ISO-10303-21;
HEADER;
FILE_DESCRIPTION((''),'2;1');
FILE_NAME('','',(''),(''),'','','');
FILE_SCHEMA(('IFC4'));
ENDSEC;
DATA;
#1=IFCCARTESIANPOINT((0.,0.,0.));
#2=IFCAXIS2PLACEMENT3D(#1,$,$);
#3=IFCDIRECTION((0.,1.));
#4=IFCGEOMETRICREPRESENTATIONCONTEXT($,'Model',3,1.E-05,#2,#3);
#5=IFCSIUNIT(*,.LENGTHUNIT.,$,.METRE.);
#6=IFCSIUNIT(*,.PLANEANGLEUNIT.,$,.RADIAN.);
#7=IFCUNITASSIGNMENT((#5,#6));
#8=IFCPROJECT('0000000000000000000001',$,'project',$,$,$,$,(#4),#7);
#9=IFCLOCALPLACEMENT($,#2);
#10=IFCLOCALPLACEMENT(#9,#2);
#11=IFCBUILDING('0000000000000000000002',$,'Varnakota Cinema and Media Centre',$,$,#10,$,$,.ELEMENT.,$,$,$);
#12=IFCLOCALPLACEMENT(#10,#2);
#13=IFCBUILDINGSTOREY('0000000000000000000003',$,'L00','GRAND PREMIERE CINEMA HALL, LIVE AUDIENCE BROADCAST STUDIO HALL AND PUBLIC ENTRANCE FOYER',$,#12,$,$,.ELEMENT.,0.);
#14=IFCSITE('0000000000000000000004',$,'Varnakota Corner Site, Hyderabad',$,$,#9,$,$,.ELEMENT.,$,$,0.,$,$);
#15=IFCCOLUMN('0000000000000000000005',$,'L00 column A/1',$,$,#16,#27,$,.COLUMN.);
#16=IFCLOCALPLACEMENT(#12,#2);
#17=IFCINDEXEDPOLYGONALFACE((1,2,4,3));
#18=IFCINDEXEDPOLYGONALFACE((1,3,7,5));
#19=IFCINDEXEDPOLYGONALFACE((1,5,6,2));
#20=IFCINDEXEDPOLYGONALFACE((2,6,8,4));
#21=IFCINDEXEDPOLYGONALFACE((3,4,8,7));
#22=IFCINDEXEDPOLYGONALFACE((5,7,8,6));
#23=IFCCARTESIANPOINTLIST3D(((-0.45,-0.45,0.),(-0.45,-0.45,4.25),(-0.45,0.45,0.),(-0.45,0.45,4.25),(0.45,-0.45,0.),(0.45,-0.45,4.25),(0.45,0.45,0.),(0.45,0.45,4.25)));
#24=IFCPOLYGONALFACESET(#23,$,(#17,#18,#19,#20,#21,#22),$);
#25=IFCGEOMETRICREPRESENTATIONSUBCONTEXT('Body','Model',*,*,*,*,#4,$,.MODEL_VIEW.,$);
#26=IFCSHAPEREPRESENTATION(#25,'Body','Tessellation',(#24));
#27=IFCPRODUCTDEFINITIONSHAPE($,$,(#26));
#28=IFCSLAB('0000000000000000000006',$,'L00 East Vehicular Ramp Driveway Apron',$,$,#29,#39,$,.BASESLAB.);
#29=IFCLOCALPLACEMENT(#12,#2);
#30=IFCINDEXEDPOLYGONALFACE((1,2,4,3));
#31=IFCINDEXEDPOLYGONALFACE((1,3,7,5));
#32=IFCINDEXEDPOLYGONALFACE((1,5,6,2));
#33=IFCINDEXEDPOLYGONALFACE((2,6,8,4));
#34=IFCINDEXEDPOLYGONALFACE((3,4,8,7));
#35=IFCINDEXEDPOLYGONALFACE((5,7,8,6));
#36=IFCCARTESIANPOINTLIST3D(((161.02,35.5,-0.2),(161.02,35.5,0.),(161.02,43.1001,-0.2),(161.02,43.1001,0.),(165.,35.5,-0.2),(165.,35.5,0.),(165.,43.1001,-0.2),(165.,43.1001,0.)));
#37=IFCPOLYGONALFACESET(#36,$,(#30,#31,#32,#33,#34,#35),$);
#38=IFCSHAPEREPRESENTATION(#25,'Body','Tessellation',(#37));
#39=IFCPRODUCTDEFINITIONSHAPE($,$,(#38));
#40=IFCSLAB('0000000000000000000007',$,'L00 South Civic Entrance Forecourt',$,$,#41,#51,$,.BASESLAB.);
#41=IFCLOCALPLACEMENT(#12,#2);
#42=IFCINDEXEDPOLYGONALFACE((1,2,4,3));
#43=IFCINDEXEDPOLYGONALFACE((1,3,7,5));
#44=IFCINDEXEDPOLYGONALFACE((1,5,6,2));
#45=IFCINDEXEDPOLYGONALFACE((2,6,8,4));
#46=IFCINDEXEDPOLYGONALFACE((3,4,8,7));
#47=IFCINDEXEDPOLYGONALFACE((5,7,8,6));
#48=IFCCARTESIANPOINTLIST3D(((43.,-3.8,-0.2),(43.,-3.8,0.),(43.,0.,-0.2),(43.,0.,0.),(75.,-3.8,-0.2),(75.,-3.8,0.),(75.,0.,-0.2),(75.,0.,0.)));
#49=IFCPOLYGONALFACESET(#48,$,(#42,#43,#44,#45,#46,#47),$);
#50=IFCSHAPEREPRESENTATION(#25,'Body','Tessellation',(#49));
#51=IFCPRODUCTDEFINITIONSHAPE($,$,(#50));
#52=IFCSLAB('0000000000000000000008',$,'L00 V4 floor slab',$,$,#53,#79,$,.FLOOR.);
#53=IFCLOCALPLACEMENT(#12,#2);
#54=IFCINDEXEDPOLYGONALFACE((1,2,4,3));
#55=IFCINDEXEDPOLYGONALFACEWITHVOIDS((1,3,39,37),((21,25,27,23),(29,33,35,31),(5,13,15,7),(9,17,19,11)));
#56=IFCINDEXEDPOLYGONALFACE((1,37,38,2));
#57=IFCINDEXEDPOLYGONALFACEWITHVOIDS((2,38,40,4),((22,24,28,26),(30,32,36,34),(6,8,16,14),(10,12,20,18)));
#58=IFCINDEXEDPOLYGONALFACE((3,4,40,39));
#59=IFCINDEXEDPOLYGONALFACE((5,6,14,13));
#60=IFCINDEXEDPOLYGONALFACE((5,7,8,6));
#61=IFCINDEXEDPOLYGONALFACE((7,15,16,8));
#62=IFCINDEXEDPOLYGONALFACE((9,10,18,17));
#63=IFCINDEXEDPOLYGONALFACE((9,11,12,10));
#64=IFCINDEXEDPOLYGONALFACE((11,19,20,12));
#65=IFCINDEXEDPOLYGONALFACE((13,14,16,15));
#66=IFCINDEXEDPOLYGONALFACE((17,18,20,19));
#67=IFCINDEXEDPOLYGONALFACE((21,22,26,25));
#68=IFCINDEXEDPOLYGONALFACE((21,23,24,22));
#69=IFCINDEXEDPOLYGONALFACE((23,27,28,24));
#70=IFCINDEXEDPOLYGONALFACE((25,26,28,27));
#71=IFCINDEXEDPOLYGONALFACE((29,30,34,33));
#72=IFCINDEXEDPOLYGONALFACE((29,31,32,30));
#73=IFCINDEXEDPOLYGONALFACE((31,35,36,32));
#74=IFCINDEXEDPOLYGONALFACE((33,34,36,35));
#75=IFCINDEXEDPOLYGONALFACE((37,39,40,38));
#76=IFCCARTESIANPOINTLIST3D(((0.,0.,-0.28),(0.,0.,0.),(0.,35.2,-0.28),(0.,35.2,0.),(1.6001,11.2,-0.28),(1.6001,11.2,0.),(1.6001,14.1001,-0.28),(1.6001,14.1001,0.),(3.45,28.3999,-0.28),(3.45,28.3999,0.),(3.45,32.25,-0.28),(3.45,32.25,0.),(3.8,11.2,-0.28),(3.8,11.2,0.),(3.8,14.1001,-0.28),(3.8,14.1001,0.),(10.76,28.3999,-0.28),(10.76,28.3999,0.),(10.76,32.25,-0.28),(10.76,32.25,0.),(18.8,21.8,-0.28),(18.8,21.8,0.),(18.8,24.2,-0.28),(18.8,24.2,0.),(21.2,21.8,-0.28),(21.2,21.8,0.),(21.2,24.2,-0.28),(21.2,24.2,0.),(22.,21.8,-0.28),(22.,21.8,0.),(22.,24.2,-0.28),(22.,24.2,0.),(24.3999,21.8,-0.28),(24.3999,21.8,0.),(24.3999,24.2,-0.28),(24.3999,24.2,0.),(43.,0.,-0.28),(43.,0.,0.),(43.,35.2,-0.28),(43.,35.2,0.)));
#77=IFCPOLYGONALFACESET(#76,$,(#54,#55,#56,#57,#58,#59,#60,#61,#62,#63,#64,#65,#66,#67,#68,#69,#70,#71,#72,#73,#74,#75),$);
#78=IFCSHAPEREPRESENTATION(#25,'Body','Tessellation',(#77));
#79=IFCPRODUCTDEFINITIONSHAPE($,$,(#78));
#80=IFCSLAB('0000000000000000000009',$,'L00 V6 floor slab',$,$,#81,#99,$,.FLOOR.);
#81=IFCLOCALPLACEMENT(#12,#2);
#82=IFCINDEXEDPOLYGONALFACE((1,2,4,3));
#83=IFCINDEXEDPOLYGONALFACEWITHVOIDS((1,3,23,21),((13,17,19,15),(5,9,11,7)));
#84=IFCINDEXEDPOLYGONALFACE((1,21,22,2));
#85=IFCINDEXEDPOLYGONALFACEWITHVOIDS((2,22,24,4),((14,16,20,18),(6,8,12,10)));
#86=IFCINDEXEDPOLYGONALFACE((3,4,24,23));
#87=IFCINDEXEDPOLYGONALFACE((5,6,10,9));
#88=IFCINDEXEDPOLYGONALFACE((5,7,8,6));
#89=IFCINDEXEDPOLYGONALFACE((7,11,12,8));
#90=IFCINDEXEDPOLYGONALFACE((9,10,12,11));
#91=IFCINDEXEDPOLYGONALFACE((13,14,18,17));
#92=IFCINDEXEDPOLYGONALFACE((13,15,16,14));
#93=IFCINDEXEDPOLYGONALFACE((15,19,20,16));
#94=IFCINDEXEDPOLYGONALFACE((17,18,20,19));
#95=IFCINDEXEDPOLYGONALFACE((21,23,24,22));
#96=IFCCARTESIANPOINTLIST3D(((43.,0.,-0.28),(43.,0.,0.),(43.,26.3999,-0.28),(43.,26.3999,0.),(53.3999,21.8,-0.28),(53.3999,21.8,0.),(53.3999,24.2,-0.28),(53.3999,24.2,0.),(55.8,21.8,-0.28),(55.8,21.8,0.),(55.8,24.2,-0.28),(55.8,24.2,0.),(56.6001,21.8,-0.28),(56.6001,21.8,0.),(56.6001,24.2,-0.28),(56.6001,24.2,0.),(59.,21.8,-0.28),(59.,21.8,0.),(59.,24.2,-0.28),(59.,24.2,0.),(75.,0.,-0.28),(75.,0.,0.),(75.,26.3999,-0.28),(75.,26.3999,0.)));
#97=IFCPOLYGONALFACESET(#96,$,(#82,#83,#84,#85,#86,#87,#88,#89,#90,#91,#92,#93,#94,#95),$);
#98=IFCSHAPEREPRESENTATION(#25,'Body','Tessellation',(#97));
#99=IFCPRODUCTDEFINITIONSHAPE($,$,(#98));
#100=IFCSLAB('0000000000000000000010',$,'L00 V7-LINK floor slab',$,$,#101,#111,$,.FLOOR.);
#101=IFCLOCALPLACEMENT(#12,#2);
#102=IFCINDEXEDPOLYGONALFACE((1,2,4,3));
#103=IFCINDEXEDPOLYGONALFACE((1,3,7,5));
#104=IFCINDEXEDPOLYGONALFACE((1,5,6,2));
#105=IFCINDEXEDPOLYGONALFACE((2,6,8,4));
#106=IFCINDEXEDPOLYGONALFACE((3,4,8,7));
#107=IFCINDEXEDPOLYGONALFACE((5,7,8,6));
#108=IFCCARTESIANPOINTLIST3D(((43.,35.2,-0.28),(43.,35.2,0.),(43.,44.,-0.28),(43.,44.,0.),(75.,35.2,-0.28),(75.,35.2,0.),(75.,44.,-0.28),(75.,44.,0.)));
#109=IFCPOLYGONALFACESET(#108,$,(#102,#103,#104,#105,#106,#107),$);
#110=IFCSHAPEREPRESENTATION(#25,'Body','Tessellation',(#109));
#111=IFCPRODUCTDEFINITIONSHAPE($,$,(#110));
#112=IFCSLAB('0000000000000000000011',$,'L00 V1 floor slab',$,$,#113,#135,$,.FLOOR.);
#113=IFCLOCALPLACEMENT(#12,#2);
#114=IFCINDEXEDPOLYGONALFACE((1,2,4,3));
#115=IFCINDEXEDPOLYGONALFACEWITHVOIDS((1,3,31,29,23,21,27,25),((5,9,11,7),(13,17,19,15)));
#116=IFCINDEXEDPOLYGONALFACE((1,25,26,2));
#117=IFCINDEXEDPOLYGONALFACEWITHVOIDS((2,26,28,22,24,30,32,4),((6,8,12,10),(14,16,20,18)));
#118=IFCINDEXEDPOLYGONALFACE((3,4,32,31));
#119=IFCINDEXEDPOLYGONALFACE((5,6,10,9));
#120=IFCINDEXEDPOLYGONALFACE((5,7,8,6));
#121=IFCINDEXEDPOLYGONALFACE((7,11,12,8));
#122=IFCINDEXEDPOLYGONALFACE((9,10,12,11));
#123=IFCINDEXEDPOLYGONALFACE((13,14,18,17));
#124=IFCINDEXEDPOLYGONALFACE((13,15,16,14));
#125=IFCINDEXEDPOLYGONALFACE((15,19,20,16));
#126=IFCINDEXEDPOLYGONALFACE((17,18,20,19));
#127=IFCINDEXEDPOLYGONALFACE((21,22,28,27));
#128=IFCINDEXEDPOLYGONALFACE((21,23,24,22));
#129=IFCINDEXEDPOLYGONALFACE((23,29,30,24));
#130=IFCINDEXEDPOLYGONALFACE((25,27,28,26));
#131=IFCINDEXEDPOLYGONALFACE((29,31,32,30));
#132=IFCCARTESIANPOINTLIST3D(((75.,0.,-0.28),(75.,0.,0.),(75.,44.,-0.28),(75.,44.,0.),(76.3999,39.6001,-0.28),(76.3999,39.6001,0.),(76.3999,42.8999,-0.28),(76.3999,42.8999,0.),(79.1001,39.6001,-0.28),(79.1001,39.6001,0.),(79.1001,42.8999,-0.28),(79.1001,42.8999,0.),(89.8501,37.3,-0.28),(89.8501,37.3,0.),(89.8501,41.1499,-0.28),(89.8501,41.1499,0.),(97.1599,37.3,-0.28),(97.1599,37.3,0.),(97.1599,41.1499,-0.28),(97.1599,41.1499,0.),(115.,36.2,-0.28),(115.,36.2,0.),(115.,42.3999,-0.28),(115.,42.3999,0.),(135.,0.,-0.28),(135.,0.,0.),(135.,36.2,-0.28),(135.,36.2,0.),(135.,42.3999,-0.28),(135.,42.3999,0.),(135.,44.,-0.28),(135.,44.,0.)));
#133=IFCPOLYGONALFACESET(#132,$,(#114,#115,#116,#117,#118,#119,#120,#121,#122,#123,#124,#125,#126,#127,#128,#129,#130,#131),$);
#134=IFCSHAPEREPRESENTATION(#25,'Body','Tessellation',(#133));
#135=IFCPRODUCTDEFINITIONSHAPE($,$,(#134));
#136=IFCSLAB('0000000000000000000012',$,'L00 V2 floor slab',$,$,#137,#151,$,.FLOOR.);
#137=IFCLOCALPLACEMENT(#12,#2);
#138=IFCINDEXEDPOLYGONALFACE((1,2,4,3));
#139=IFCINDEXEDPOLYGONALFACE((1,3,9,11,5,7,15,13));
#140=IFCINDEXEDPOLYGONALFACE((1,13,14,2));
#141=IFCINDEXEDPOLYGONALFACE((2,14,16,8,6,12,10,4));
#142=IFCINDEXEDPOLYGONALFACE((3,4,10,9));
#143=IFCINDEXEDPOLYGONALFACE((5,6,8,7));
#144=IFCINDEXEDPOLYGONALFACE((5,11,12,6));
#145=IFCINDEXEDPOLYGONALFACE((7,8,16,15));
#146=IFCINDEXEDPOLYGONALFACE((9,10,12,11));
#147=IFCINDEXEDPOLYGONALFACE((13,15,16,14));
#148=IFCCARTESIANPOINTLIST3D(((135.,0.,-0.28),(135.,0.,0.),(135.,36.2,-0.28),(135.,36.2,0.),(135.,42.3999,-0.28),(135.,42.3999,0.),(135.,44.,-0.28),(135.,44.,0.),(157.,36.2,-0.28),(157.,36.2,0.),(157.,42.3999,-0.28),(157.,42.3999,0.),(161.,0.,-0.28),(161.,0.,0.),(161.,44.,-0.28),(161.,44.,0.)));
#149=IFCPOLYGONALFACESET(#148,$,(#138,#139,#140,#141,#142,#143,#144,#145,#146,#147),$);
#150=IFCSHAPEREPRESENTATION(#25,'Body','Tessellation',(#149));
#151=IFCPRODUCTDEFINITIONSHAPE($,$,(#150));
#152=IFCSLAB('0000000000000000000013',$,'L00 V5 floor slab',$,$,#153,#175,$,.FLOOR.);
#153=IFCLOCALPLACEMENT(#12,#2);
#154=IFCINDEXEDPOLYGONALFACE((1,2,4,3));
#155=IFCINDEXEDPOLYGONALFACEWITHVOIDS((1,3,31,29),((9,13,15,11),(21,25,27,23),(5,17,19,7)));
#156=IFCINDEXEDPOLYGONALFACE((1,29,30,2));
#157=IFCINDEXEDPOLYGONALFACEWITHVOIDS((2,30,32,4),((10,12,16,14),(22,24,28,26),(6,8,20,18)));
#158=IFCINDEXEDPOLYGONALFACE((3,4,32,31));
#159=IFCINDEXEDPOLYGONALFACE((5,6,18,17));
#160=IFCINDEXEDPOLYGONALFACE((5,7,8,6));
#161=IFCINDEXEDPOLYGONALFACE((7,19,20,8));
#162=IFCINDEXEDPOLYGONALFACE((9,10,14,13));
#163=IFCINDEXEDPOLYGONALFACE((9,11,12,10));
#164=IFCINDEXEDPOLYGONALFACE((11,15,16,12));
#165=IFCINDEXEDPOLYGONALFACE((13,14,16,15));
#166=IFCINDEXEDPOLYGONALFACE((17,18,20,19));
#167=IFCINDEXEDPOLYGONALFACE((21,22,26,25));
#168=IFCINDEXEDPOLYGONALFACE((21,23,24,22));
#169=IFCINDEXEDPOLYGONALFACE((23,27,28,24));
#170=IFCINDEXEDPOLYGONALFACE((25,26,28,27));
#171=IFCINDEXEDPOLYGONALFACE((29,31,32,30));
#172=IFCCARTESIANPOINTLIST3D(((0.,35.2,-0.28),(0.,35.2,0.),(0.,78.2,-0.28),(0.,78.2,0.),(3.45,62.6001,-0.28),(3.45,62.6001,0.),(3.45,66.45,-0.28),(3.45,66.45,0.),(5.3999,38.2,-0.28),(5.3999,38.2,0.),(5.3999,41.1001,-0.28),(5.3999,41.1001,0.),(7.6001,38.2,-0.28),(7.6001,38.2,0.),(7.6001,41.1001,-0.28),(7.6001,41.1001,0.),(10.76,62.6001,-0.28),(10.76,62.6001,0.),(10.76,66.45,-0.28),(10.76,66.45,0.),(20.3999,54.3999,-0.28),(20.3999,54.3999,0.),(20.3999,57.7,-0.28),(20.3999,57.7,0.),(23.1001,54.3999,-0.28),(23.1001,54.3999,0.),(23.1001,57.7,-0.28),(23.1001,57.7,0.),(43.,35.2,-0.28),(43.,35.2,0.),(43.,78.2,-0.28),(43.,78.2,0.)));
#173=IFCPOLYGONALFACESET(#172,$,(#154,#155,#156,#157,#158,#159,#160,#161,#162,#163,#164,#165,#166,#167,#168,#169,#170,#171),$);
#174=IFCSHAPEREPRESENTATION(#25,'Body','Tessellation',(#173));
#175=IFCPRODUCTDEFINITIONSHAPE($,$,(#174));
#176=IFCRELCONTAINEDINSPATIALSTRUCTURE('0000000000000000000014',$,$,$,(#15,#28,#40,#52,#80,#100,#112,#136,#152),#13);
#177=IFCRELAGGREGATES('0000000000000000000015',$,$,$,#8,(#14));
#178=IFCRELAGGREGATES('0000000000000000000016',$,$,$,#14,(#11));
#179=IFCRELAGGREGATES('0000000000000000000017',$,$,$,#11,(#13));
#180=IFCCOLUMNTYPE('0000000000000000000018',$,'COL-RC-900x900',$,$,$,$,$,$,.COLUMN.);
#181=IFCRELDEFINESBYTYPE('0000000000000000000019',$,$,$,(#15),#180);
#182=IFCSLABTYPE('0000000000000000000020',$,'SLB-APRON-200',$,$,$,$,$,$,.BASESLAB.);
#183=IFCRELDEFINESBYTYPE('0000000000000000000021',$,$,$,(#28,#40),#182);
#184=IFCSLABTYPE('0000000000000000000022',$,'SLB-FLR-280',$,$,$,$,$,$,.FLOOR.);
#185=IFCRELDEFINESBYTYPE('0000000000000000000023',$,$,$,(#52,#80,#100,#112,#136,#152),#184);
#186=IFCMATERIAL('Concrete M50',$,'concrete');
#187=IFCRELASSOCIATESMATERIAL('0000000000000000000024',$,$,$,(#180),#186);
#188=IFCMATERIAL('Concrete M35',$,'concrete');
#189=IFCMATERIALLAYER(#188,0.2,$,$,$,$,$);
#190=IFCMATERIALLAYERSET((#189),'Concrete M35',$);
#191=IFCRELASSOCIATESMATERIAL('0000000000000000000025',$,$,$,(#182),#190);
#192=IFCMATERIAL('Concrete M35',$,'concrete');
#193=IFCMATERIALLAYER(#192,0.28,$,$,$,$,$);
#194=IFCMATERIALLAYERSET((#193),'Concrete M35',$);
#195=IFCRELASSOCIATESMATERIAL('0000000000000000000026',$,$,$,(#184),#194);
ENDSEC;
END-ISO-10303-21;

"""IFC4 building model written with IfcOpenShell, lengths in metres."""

from ifc_helpers import new_model, si_unit, direction, frame, origin, origin_with_axes, origin_2d, place, context, subcontext, project, spatial, polyline, rectangle, outline, extrude, material, layer, layer_set, material_profile, profile_set, type_object, element, save


model = new_model("IFC4")

# Units and contexts
model_context = context("Model", 3, precision=1e-05, world=origin(), true_north=direction((0.0, 1.0)))
body_context = subcontext(model_context, "Body", "Model", "MODEL_VIEW")
ifc_project = project(units=[si_unit("LENGTHUNIT", "METRE"), si_unit("PLANEANGLEUNIT", "RADIAN")], contexts=[model_context])

# Site, building, storey
site_placement = place(None, origin())
site = spatial("IfcSite", under=ifc_project, at=site_placement, Name="Varnakota Corner Site, Hyderabad", CompositionType="ELEMENT", RefElevation=0.0)
building_placement = place(site_placement, origin())
building = spatial("IfcBuilding", under=site, at=building_placement, Name="Varnakota Cinema and Media Centre", CompositionType="ELEMENT")
storey_placement = place(building_placement, origin())
storey = spatial("IfcBuildingStorey", under=building, at=storey_placement, Name="L00", Description="GRAND PREMIERE CINEMA HALL, LIVE AUDIENCE BROADCAST STUDIO HALL AND PUBLIC ENTRANCE FOYER", CompositionType="ELEMENT", Elevation=0.0)

# Column
ifc_material_1 = material(Name="Concrete M50", Category="concrete")
ifc_material_profile = material_profile(ifc_material_1, rectangle(XDim=0.8999, YDim=0.8999, at=origin_2d()), Name="RC 900x900")
ifc_profile_set = profile_set([ifc_material_profile], Name="Concrete M50")
column_type = type_object("IfcColumnType", Name="COL-RC-900x900", PredefinedType="COLUMN", material=ifc_profile_set)
column_placement = place(storey_placement, origin_with_axes())
element("IfcColumn", 1, at=column_placement, inside=storey, type_object=column_type, Name="L00 column A/1", PredefinedType="COLUMN", context=body_context, shape_type="SweptSolid", body=[
    extrude(rectangle(XDim=0.8999, YDim=0.8999, at=origin_2d()), origin(), (0.0, 0.0, 1.0), 4.25),
])

# Slabs
ifc_material_2 = material(Name="Concrete M35", Category="concrete")
ifc_layer_1 = layer(ifc_material_2, 0.2)
ifc_layer_set_1 = layer_set([ifc_layer_1], Name="Concrete M35")
slab_type_1 = type_object("IfcSlabType", Name="SLB-APRON-200", PredefinedType="BASESLAB", material=ifc_layer_set_1)
slab_1_placement = place(storey_placement, frame((0.0, 0.0, -0.2)))
element("IfcSlab", 2, at=slab_1_placement, inside=storey, type_object=slab_type_1, Name="L00 East Vehicular Ramp Driveway Apron", PredefinedType="BASESLAB", context=body_context, shape_type="SweptSolid", body=[
    extrude(outline(polyline([(161.02, 35.5), (165.0, 35.5), (165.0, 43.1001), (161.02, 43.1001), (161.02, 35.5)])), origin(), (0.0, 0.0, 1.0), 0.2),
])
slab_2_placement = place(storey_placement, frame((0.0, 0.0, -0.2)))
element("IfcSlab", 3, at=slab_2_placement, inside=storey, type_object=slab_type_1, Name="L00 South Civic Entrance Forecourt", PredefinedType="BASESLAB", context=body_context, shape_type="SweptSolid", body=[
    extrude(outline(polyline([(43.0, -3.8), (75.0, -3.8), (75.0, 0.0), (43.0, 0.0), (43.0, -3.8)])), origin(), (0.0, 0.0, 1.0), 0.2),
])
ifc_material_3 = material(Name="Concrete M35", Category="concrete")
ifc_layer_2 = layer(ifc_material_3, 0.28)
ifc_layer_set_2 = layer_set([ifc_layer_2], Name="Concrete M35")
slab_type_2 = type_object("IfcSlabType", Name="SLB-FLR-280", PredefinedType="FLOOR", material=ifc_layer_set_2)
slab_3_placement = place(storey_placement, frame((0.0, 0.0, -0.28)))
element("IfcSlab", 4, at=slab_3_placement, inside=storey, type_object=slab_type_2, Name="L00 V4 floor slab", PredefinedType="FLOOR", context=body_context, shape_type="SweptSolid", body=[
    extrude(outline(polyline([(0.0, 0.0), (43.0, 0.0), (43.0, 35.2), (0.0, 35.2), (0.0, 0.0)]), holes=[polyline([(3.45, 28.3999), (10.76, 28.3999), (10.76, 32.25), (3.45, 32.25), (3.45, 28.3999)]), polyline([(1.6001, 11.2), (3.8, 11.2), (3.8, 14.1001), (1.6001, 14.1001), (1.6001, 11.2)]), polyline([(18.8, 21.8), (21.2, 21.8), (21.2, 24.2), (18.8, 24.2), (18.8, 21.8)]), polyline([(22.0, 21.8), (24.3999, 21.8), (24.3999, 24.2), (22.0, 24.2), (22.0, 21.8)])]), origin(), (0.0, 0.0, 1.0), 0.28),
])
slab_4_placement = place(storey_placement, frame((0.0, 0.0, -0.28)))
element("IfcSlab", 5, at=slab_4_placement, inside=storey, type_object=slab_type_2, Name="L00 V6 floor slab", PredefinedType="FLOOR", context=body_context, shape_type="SweptSolid", body=[
    extrude(outline(polyline([(43.0, 0.0), (75.0, 0.0), (75.0, 26.3999), (43.0, 26.3999), (43.0, 0.0)]), holes=[polyline([(53.3999, 21.8), (55.8, 21.8), (55.8, 24.2), (53.3999, 24.2), (53.3999, 21.8)]), polyline([(56.6001, 21.8), (59.0, 21.8), (59.0, 24.2), (56.6001, 24.2), (56.6001, 21.8)])]), origin(), (0.0, 0.0, 1.0), 0.28),
])
slab_5_placement = place(storey_placement, frame((0.0, 0.0, -0.28)))
element("IfcSlab", 6, at=slab_5_placement, inside=storey, type_object=slab_type_2, Name="L00 V7-LINK floor slab", PredefinedType="FLOOR", context=body_context, shape_type="SweptSolid", body=[
    extrude(outline(polyline([(43.0, 35.2), (75.0, 35.2), (75.0, 44.0), (43.0, 44.0), (43.0, 35.2)])), origin(), (0.0, 0.0, 1.0), 0.28),
])
slab_6_placement = place(storey_placement, frame((0.0, 0.0, -0.28)))
element("IfcSlab", 7, at=slab_6_placement, inside=storey, type_object=slab_type_2, Name="L00 V1 floor slab", PredefinedType="FLOOR", context=body_context, shape_type="SweptSolid", body=[
    extrude(outline(polyline([(75.0, 0.0), (135.0, 0.0), (135.0, 36.2), (115.0, 36.2), (115.0, 42.3999), (135.0, 42.3999), (135.0, 44.0), (75.0, 44.0), (75.0, 0.0)]), holes=[polyline([(89.8501, 37.3), (97.1599, 37.3), (97.1599, 41.1499), (89.8501, 41.1499), (89.8501, 37.3)]), polyline([(76.3999, 39.6001), (79.1001, 39.6001), (79.1001, 42.8999), (76.3999, 42.8999), (76.3999, 39.6001)])]), origin(), (0.0, 0.0, 1.0), 0.28),
])
slab_7_placement = place(storey_placement, frame((0.0, 0.0, -0.28)))
element("IfcSlab", 8, at=slab_7_placement, inside=storey, type_object=slab_type_2, Name="L00 V2 floor slab", PredefinedType="FLOOR", context=body_context, shape_type="SweptSolid", body=[
    extrude(outline(polyline([(135.0, 0.0), (161.0, 0.0), (161.0, 44.0), (135.0, 44.0), (135.0, 42.3999), (157.0, 42.3999), (157.0, 36.2), (135.0, 36.2), (135.0, 0.0)])), origin(), (0.0, 0.0, 1.0), 0.28),
])
slab_8_placement = place(storey_placement, frame((0.0, 0.0, -0.28)))
element("IfcSlab", 9, at=slab_8_placement, inside=storey, type_object=slab_type_2, Name="L00 V5 floor slab", PredefinedType="FLOOR", context=body_context, shape_type="SweptSolid", body=[
    extrude(outline(polyline([(0.0, 35.2), (43.0, 35.2), (43.0, 78.2), (0.0, 78.2), (0.0, 35.2)]), holes=[polyline([(3.45, 62.6001), (10.76, 62.6001), (10.76, 66.45), (3.45, 66.45), (3.45, 62.6001)]), polyline([(5.3999, 38.2), (7.6001, 38.2), (7.6001, 41.1001), (5.3999, 41.1001), (5.3999, 38.2)]), polyline([(20.3999, 54.3999), (23.1001, 54.3999), (23.1001, 57.7), (20.3999, 57.7), (20.3999, 54.3999)])]), origin(), (0.0, 0.0, 1.0), 0.28),
])

save(model, "model.ifc")
